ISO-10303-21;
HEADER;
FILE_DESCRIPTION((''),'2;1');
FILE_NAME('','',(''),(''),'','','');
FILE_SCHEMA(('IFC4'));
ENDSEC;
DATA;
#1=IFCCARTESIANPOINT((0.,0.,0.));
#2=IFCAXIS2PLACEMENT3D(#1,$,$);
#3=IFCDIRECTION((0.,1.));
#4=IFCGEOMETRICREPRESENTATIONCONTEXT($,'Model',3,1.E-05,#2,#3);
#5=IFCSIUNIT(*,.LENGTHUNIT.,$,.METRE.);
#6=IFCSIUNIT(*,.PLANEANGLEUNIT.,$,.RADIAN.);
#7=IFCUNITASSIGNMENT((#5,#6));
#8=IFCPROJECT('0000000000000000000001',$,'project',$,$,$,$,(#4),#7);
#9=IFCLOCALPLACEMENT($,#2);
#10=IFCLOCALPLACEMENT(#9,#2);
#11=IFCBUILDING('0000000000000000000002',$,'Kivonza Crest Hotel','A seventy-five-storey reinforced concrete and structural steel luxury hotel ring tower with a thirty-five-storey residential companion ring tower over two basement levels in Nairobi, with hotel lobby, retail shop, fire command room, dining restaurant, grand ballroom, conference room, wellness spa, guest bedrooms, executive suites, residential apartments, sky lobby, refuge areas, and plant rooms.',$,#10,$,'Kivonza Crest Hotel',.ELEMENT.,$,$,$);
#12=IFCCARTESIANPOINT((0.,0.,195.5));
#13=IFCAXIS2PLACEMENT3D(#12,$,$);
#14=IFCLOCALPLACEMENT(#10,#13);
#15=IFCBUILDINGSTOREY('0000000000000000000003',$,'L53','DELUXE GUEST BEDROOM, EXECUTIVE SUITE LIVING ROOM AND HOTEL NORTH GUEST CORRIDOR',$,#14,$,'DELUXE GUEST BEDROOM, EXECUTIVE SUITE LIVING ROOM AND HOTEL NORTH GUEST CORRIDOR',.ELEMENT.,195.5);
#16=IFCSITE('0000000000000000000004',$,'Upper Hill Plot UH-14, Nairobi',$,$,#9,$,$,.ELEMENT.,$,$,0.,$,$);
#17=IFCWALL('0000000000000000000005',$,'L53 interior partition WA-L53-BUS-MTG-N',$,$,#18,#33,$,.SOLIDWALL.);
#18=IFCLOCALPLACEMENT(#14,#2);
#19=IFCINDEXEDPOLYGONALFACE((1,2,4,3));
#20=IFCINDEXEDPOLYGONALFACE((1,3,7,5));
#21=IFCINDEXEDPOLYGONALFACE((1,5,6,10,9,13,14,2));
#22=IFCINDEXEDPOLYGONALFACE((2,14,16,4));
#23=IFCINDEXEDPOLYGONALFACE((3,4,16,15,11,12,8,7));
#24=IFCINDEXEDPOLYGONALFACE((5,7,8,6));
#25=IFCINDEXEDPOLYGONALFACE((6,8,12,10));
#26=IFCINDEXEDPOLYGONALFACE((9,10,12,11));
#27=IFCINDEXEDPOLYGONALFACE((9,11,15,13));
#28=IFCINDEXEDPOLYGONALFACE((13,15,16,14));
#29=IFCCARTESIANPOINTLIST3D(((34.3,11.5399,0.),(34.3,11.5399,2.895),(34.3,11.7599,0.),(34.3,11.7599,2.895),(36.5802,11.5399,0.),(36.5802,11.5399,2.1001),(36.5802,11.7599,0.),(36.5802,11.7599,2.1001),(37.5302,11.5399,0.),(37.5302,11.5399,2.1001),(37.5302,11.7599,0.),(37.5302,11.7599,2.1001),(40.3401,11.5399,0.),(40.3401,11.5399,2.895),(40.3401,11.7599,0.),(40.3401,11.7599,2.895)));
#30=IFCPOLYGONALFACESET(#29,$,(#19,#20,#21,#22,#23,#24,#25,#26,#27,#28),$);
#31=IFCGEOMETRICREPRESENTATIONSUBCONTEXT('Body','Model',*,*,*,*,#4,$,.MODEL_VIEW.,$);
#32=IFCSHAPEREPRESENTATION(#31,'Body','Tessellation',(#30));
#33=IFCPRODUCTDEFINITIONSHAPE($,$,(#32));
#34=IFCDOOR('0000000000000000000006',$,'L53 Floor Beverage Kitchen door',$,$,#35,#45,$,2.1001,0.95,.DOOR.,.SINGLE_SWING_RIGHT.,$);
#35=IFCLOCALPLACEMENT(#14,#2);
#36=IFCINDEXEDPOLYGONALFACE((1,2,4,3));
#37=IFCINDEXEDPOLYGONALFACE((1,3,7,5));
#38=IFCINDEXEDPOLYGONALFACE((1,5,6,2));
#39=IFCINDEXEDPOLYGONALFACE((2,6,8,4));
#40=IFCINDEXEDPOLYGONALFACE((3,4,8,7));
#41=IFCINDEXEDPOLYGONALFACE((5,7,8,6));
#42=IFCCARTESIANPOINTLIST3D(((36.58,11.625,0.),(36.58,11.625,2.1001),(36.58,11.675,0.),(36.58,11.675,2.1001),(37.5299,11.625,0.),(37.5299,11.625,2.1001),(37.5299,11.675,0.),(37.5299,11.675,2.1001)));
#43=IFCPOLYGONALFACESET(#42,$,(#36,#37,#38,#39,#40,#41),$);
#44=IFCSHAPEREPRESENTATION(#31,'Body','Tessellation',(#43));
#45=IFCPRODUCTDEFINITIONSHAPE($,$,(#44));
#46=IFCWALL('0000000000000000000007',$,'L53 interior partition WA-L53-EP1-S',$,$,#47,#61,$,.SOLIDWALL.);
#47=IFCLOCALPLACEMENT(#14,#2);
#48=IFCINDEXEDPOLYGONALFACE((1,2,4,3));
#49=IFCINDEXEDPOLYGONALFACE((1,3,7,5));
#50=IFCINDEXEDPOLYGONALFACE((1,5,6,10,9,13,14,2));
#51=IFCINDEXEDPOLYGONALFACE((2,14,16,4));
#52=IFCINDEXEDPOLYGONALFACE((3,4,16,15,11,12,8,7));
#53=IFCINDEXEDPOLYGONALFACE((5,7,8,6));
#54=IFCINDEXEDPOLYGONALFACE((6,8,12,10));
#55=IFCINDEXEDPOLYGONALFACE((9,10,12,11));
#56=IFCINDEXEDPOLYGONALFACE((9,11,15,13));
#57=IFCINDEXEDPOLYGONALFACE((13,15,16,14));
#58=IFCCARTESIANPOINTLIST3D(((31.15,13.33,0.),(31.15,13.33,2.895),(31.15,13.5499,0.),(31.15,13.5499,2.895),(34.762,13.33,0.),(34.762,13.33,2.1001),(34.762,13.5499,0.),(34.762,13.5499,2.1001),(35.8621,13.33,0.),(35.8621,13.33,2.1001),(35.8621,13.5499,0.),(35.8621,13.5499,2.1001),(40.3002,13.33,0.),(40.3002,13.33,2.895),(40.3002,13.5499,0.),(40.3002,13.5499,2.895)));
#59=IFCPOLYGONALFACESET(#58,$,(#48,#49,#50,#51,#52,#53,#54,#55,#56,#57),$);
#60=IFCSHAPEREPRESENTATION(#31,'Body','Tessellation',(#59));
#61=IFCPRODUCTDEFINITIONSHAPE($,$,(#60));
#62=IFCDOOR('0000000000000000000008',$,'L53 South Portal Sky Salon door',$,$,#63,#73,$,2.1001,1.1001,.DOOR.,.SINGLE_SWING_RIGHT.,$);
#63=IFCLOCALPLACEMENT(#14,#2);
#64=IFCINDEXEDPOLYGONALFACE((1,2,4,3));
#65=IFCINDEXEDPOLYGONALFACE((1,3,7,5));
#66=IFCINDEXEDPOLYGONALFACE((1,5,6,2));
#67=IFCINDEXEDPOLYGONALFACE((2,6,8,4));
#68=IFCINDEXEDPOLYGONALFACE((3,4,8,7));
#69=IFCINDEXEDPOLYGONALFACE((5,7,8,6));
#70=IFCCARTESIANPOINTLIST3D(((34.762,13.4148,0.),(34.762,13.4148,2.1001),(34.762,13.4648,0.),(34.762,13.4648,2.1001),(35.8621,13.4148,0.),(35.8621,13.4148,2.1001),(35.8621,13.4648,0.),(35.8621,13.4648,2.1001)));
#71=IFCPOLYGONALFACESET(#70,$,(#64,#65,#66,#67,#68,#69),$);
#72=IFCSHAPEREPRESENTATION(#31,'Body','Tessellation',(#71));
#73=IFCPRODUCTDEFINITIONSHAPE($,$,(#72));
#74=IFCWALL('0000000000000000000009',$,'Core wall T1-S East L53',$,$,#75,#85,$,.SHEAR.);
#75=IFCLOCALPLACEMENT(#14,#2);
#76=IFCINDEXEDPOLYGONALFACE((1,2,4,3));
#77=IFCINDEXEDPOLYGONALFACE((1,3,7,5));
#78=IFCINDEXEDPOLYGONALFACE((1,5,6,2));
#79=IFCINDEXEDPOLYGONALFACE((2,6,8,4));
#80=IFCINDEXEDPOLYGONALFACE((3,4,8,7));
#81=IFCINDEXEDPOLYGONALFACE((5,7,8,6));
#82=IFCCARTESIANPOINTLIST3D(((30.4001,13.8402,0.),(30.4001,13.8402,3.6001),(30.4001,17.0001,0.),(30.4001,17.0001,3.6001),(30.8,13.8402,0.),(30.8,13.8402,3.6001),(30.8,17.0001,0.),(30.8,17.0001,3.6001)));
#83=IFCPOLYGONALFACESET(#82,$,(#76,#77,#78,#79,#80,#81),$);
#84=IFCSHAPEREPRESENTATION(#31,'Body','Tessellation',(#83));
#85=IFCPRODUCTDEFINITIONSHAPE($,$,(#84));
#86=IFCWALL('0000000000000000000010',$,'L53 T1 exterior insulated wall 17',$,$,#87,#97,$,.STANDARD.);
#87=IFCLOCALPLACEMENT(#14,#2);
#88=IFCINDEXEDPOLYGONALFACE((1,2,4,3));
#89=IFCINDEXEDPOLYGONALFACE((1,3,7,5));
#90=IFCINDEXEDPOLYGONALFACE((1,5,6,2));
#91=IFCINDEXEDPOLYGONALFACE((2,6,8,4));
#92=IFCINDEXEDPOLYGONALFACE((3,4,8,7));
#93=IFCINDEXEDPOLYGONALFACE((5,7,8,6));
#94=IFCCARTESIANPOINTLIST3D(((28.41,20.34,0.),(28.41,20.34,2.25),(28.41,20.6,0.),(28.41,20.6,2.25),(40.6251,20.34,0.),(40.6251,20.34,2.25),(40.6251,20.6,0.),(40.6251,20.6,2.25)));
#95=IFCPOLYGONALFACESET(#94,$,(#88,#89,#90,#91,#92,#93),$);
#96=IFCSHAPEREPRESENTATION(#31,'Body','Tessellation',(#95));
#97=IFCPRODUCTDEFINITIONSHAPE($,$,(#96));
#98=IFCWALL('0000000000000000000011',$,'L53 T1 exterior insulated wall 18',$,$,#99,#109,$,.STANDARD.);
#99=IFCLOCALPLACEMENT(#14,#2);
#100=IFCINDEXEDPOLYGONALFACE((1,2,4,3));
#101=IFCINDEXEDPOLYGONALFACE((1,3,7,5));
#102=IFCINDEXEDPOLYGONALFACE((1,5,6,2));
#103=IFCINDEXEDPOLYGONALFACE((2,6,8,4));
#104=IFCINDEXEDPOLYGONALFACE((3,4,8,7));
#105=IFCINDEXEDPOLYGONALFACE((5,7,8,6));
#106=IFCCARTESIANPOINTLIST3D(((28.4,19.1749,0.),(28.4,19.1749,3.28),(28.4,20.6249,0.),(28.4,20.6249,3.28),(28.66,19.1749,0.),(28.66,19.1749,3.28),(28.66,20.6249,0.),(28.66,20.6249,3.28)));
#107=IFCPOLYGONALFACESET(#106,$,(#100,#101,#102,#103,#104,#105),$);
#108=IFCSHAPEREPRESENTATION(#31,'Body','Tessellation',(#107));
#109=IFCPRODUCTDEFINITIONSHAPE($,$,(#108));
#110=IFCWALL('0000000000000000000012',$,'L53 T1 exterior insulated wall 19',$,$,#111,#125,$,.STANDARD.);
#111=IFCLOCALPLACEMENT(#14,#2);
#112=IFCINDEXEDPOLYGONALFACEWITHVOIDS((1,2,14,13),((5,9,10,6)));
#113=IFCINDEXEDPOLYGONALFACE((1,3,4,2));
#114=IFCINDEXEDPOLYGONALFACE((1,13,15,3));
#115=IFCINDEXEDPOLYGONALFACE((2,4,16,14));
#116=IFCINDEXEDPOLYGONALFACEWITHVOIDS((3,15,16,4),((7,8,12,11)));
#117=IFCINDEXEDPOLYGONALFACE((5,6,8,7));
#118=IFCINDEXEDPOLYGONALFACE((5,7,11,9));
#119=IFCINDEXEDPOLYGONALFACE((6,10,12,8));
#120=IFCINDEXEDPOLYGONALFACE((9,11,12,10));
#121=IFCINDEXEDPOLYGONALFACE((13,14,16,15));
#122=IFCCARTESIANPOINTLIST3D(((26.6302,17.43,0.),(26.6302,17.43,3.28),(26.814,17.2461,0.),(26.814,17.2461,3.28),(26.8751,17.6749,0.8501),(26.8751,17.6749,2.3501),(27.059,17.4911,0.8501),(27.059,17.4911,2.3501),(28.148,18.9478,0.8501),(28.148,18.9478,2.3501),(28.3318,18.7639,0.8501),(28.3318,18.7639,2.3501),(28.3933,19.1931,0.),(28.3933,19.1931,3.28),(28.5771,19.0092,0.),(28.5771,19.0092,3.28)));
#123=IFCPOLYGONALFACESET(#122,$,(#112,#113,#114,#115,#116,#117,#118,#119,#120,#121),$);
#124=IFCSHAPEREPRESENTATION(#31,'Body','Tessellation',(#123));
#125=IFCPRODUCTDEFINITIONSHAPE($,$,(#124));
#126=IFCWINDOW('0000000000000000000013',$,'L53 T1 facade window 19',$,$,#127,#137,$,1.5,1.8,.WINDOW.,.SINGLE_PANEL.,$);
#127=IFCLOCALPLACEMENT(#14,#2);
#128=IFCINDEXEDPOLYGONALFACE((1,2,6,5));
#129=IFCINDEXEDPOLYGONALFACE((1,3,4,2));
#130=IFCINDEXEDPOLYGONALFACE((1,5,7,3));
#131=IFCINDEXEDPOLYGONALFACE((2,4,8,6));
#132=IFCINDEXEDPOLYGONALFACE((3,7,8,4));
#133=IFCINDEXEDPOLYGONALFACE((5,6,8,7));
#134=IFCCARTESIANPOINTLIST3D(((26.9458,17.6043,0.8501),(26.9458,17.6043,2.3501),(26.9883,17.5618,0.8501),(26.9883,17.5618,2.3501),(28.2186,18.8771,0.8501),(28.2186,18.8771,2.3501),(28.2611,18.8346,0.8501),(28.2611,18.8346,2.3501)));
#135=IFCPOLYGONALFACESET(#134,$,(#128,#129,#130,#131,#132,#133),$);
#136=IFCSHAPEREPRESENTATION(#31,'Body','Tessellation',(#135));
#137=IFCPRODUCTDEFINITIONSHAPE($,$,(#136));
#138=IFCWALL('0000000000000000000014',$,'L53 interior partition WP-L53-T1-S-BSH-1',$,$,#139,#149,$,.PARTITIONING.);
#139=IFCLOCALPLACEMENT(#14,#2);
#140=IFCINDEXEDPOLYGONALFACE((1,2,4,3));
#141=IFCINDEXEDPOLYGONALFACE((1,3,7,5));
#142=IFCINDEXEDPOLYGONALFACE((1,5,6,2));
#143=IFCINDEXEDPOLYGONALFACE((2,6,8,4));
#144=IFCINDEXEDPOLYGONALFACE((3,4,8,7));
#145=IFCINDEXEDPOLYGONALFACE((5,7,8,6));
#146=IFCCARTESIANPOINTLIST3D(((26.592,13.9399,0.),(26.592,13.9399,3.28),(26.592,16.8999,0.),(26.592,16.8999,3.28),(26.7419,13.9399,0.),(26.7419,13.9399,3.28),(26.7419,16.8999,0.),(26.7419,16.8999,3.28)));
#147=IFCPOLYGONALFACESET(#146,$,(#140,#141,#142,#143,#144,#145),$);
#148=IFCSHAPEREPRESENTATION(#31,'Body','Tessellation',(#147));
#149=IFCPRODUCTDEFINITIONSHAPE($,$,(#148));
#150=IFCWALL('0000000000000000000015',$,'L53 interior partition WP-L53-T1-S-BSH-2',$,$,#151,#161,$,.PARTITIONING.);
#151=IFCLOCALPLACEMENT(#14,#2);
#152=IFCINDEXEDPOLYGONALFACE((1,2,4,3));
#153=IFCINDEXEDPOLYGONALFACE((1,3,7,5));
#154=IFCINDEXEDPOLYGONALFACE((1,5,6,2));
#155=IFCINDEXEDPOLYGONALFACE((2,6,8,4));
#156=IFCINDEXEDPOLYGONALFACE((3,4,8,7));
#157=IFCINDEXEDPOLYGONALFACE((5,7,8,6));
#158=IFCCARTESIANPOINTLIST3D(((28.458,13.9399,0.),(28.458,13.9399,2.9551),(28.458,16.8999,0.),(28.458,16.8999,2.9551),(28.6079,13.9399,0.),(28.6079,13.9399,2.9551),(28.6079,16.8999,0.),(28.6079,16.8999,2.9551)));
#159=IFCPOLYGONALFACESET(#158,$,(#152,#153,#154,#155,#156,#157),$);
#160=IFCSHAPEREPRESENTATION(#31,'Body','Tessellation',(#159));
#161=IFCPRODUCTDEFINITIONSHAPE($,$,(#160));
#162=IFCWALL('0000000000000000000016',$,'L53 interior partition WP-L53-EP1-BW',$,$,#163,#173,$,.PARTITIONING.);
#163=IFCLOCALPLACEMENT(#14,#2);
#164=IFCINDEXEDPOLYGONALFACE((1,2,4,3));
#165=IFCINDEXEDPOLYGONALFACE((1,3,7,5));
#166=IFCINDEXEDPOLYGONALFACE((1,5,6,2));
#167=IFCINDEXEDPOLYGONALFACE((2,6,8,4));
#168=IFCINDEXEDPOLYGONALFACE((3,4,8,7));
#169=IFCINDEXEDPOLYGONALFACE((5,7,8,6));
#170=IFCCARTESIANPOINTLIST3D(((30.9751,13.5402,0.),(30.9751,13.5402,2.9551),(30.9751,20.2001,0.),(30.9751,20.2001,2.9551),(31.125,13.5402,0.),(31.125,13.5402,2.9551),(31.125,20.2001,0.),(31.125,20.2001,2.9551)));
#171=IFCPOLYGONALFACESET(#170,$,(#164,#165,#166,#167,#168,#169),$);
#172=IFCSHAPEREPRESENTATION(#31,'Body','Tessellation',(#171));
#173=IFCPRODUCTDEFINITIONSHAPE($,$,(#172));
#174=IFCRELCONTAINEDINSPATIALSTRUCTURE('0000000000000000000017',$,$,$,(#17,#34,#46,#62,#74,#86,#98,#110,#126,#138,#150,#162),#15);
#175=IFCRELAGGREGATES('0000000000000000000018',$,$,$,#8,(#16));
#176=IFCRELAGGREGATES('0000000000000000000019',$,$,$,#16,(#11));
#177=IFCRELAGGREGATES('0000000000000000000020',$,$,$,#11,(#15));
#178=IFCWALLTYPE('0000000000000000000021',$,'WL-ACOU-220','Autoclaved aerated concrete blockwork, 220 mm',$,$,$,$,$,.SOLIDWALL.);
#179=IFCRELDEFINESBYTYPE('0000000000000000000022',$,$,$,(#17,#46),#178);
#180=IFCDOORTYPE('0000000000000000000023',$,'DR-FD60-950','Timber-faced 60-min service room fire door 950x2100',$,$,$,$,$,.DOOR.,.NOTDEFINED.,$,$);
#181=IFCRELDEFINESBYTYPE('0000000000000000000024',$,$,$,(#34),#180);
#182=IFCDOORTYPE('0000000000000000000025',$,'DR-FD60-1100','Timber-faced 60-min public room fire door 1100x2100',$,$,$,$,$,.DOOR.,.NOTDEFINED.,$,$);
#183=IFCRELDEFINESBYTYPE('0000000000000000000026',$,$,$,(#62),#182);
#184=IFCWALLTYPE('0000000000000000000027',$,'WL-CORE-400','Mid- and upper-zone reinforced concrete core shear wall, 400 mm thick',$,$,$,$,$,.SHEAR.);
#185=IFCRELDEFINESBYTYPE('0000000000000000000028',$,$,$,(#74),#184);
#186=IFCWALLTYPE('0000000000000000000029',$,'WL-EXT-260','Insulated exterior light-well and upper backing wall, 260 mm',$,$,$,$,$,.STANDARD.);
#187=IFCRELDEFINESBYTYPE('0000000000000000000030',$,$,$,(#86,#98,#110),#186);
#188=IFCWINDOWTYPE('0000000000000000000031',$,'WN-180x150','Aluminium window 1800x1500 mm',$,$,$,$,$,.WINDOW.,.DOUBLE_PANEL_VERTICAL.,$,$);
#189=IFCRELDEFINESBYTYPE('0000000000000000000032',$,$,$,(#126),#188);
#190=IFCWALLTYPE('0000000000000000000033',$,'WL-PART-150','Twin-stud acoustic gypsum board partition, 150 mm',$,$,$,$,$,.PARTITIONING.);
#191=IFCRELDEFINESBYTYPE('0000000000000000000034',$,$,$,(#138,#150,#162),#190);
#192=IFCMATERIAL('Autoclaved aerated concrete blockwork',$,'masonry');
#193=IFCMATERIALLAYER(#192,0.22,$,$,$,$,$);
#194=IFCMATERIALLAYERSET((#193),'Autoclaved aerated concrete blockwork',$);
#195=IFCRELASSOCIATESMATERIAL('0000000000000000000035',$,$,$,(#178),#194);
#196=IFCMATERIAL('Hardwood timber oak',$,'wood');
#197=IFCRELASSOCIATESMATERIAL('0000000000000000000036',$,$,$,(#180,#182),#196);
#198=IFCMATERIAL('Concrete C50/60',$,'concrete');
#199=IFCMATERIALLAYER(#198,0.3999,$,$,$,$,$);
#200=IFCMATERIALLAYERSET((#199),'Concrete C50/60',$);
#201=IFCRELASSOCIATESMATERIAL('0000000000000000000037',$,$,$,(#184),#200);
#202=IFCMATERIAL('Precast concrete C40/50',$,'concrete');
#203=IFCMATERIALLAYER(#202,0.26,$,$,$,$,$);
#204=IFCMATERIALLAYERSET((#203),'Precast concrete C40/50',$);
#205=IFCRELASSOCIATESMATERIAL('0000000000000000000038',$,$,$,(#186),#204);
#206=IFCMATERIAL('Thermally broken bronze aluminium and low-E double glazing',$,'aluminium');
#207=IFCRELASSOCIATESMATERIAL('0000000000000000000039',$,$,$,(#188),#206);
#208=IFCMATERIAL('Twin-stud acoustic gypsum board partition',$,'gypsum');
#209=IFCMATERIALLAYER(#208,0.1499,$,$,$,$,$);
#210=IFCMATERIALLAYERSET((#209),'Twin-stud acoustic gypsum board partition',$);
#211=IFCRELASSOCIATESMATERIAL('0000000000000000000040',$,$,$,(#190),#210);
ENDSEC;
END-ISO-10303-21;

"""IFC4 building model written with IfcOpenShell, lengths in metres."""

from ifc_helpers import new_model, si_unit, direction, frame, frame_2d, origin, place, context, subcontext, project, spatial, rectangle, extrude, material, layer, layer_set, type_object, element, fill, save


model = new_model("IFC4")

# Units and contexts
model_context = context("Model", 3, precision=1e-05, world=origin(), true_north=direction((0.0, 1.0)))
body_context = subcontext(model_context, "Body", "Model", "MODEL_VIEW")
ifc_project = project(units=[si_unit("LENGTHUNIT", "METRE"), si_unit("PLANEANGLEUNIT", "RADIAN")], contexts=[model_context])

# Site, building, storey
site_placement = place(None, origin())
site = spatial("IfcSite", under=ifc_project, at=site_placement, Name="Upper Hill Plot UH-14, Nairobi", CompositionType="ELEMENT", RefElevation=0.0)
building_placement = place(site_placement, origin())
building = spatial("IfcBuilding", under=site, at=building_placement, Name="Kivonza Crest Hotel", Description="A seventy-five-storey reinforced concrete and structural steel luxury hotel ring tower with a thirty-five-storey residential companion ring tower over two basement levels in Nairobi, with hotel lobby, retail shop, fire command room, dining restaurant, grand ballroom, conference room, wellness spa, guest bedrooms, executive suites, residential apartments, sky lobby, refuge areas, and plant rooms.", LongName="Kivonza Crest Hotel", CompositionType="ELEMENT")
storey_placement = place(building_placement, frame((0.0, 0.0, 195.5)))
storey = spatial("IfcBuildingStorey", under=building, at=storey_placement, Name="L53", Description="DELUXE GUEST BEDROOM, EXECUTIVE SUITE LIVING ROOM AND HOTEL NORTH GUEST CORRIDOR", LongName="DELUXE GUEST BEDROOM, EXECUTIVE SUITE LIVING ROOM AND HOTEL NORTH GUEST CORRIDOR", CompositionType="ELEMENT", Elevation=195.5)

# Shared definitions
ifc_material_1 = material(Name="Concrete C50/60", Category="concrete")

# Walls, openings, doors
ifc_material_2 = material(Name="Autoclaved aerated concrete blockwork", Category="masonry")
ifc_layer_1 = layer(ifc_material_2, 0.22)
ifc_layer_set_1 = layer_set([ifc_layer_1], Name="Autoclaved aerated concrete blockwork")
wall_type_1 = type_object("IfcWallType", Name="WL-ACOU-220", Description="Autoclaved aerated concrete blockwork, 220 mm", PredefinedType="SOLIDWALL", material=ifc_layer_set_1)
wall_1_placement = place(storey_placement, frame((34.3, 11.6499, 0.0), z_axis=(0.0, 0.0, 1.0), x_axis=(1.0, 0.0, 0.0)))
wall_1 = element("IfcWall", 1, at=wall_1_placement, inside=storey, type_object=wall_type_1, Name="L53 interior partition WA-L53-BUS-MTG-N", PredefinedType="SOLIDWALL", context=body_context, shape_type="SweptSolid", body=[
    extrude(rectangle(XDim=6.04, YDim=0.22, at=frame_2d((3.02, 0.0))), origin(), (0.0, 0.0, 1.0), 2.895),
])
opening_1_placement = place(wall_1_placement, frame((2.28, 0.0, 0.0)))
opening_1 = element("IfcOpeningElement", 2, at=opening_1_placement, cuts=wall_1, PredefinedType="OPENING", context=body_context, shape_type="SweptSolid", body=[
    extrude(rectangle(XDim=0.95, YDim=2.1001, at=frame_2d((0.4751, 1.05))), frame((0.0, 0.1201, 0.0), z_axis=(0.0, -1.0, 0.0), x_axis=(1.0, 0.0, 0.0)), (0.0, 0.0, 1.0), 0.24),
])
ifc_material_3 = material(Name="Hardwood timber oak", Category="wood")
door_type_1 = type_object("IfcDoorType", Name="DR-FD60-950", Description="Timber-faced 60-min service room fire door 950x2100", OperationType="NOTDEFINED", PredefinedType="DOOR", material=ifc_material_3)
door_1_placement = place(opening_1_placement, frame((0.95, 0.0, 0.0), z_axis=(0.0, 0.0, 1.0), x_axis=(-1.0, 0.0, 0.0)))
door_1 = element("IfcDoor", 3, at=door_1_placement, inside=storey, type_object=door_type_1, Name="L53 Floor Beverage Kitchen door", OperationType="SINGLE_SWING_RIGHT", OverallHeight=2.1001, OverallWidth=0.95, PredefinedType="DOOR", context=body_context, shape_type="SweptSolid", body=[
    extrude(rectangle(XDim=0.95, YDim=2.1001, at=frame_2d((0.4751, 1.05))), frame((0.0, 0.0249, 0.0), z_axis=(0.0, -1.0, 0.0), x_axis=(1.0, 0.0, 0.0)), (0.0, 0.0, 1.0), 0.05),
])
fill(opening_1, door_1)
wall_2_placement = place(storey_placement, frame((31.1499, 13.4399, 0.0), z_axis=(0.0, 0.0, 1.0), x_axis=(1.0, 0.0, 0.0)))
wall_2 = element("IfcWall", 4, at=wall_2_placement, inside=storey, type_object=wall_type_1, Name="L53 interior partition WA-L53-EP1-S", PredefinedType="SOLIDWALL", context=body_context, shape_type="SweptSolid", body=[
    extrude(rectangle(XDim=9.1501, YDim=0.22, at=frame_2d((4.5752, 0.0))), origin(), (0.0, 0.0, 1.0), 2.895),
])
opening_2_placement = place(wall_2_placement, frame((3.6121, 0.0, 0.0)))
opening_2 = element("IfcOpeningElement", 5, at=opening_2_placement, cuts=wall_2, PredefinedType="OPENING", context=body_context, shape_type="SweptSolid", body=[
    extrude(rectangle(XDim=1.1001, YDim=2.1001, at=frame_2d((0.55, 1.05))), frame((0.0, 0.1201, 0.0), z_axis=(0.0, -1.0, 0.0), x_axis=(1.0, 0.0, 0.0)), (0.0, 0.0, 1.0), 0.24),
])
door_type_2 = type_object("IfcDoorType", Name="DR-FD60-1100", Description="Timber-faced 60-min public room fire door 1100x2100", OperationType="NOTDEFINED", PredefinedType="DOOR", material=ifc_material_3)
door_2_placement = place(opening_2_placement, origin())
door_2 = element("IfcDoor", 6, at=door_2_placement, inside=storey, type_object=door_type_2, Name="L53 South Portal Sky Salon door", OperationType="SINGLE_SWING_RIGHT", OverallHeight=2.1001, OverallWidth=1.1001, PredefinedType="DOOR", context=body_context, shape_type="SweptSolid", body=[
    extrude(rectangle(XDim=1.1001, YDim=2.1001, at=frame_2d((0.55, 1.05))), frame((0.0, 0.0249, 0.0), z_axis=(0.0, -1.0, 0.0), x_axis=(1.0, 0.0, 0.0)), (0.0, 0.0, 1.0), 0.05),
])
fill(opening_2, door_2)

# Walls
ifc_layer_2 = layer(ifc_material_1, 0.3999)
ifc_layer_set_2 = layer_set([ifc_layer_2], Name="Concrete C50/60")
wall_type_2 = type_object("IfcWallType", Name="WL-CORE-400", Description="Mid- and upper-zone reinforced concrete core shear wall, 400 mm thick", PredefinedType="SHEAR", material=ifc_layer_set_2)
wall_3_placement = place(storey_placement, frame((30.6001, 13.8401, 0.0), z_axis=(0.0, 0.0, 1.0), x_axis=(0.0, 1.0, 0.0)))
element("IfcWall", 7, at=wall_3_placement, inside=storey, type_object=wall_type_2, Name="Core wall T1-S East L53", PredefinedType="SHEAR", context=body_context, shape_type="SweptSolid", body=[
    extrude(rectangle(XDim=3.1599, YDim=0.3999, at=frame_2d((1.5801, 0.0))), origin(), (0.0, 0.0, 1.0), 3.6001),
])
ifc_material_4 = material(Name="Precast concrete C40/50", Category="concrete")
ifc_layer_3 = layer(ifc_material_4, 0.26)
ifc_layer_set_3 = layer_set([ifc_layer_3], Name="Precast concrete C40/50")
wall_type_3 = type_object("IfcWallType", Name="WL-EXT-260", Description="Insulated exterior light-well and upper backing wall, 260 mm", PredefinedType="STANDARD", material=ifc_layer_set_3)
wall_4_placement = place(storey_placement, frame((40.625, 20.47, 0.0), z_axis=(0.0, 0.0, 1.0), x_axis=(-1.0, 0.0, 0.0)))
element("IfcWall", 8, at=wall_4_placement, inside=storey, type_object=wall_type_3, Name="L53 T1 exterior insulated wall 17", PredefinedType="STANDARD", context=body_context, shape_type="SweptSolid", body=[
    extrude(rectangle(XDim=12.2151, YDim=0.26, at=frame_2d((6.1074, 0.0))), origin(), (0.0, 0.0, 1.0), 2.25),
])
wall_5_placement = place(storey_placement, frame((28.53, 20.625, 0.0), z_axis=(0.0, 0.0, 1.0), x_axis=(0.0, -1.0, 0.0)))
element("IfcWall", 9, at=wall_5_placement, inside=storey, type_object=wall_type_3, Name="L53 T1 exterior insulated wall 18", PredefinedType="STANDARD", context=body_context, shape_type="SweptSolid", body=[
    extrude(rectangle(XDim=1.45, YDim=0.26, at=frame_2d((0.7251, 0.0))), origin(), (0.0, 0.0, 1.0), 3.28),
])

# Wall, opening, window
wall_6_placement = place(storey_placement, frame((28.4851, 19.1011, 0.0), z_axis=(0.0, 0.0, 1.0), x_axis=(-0.707107, -0.707107, 0.0)))
wall_6 = element("IfcWall", 10, at=wall_6_placement, inside=storey, type_object=wall_type_3, Name="L53 T1 exterior insulated wall 19", PredefinedType="STANDARD", context=body_context, shape_type="SweptSolid", body=[
    extrude(rectangle(XDim=2.4934, YDim=0.26, at=frame_2d((1.2466, 0.0))), origin(), (0.0, 0.0, 1.0), 3.28),
])
opening_3_placement = place(wall_6_placement, frame((0.3469, 0.0, 0.8501)))
opening_3 = element("IfcOpeningElement", 11, at=opening_3_placement, cuts=wall_6, PredefinedType="OPENING", context=body_context, shape_type="SweptSolid", body=[
    extrude(rectangle(XDim=1.8, YDim=1.5, at=frame_2d((0.8999, 0.75))), frame((0.0, 0.1401, 0.0), z_axis=(0.0, -1.0, 0.0), x_axis=(1.0, 0.0, 0.0)), (0.0, 0.0, 1.0), 0.28),
])
ifc_material_5 = material(Name="Thermally broken bronze aluminium and low-E double glazing", Category="aluminium")
window_type = type_object("IfcWindowType", Name="WN-180x150", Description="Aluminium window 1800x1500 mm", PartitioningType="DOUBLE_PANEL_VERTICAL", PredefinedType="WINDOW", material=ifc_material_5)
window_placement = place(opening_3_placement, origin())
window = element("IfcWindow", 12, at=window_placement, inside=storey, type_object=window_type, Name="L53 T1 facade window 19", OverallHeight=1.5, OverallWidth=1.8, PartitioningType="SINGLE_PANEL", PredefinedType="WINDOW", context=body_context, shape_type="SweptSolid", body=[
    extrude(rectangle(XDim=1.8, YDim=1.5, at=frame_2d((0.8999, 0.75))), frame((0.0, 0.03, 0.0), z_axis=(0.0, -1.0, 0.0), x_axis=(1.0, 0.0, 0.0)), (0.0, 0.0, 1.0), 0.0601),
])
fill(opening_3, window)

# Walls
ifc_material_6 = material(Name="Twin-stud acoustic gypsum board partition", Category="gypsum")
ifc_layer_4 = layer(ifc_material_6, 0.1499)
ifc_layer_set_4 = layer_set([ifc_layer_4], Name="Twin-stud acoustic gypsum board partition")
wall_type_4 = type_object("IfcWallType", Name="WL-PART-150", Description="Twin-stud acoustic gypsum board partition, 150 mm", PredefinedType="PARTITIONING", material=ifc_layer_set_4)
wall_7_placement = place(storey_placement, frame((26.667, 13.9399, 0.0), z_axis=(0.0, 0.0, 1.0), x_axis=(0.0, 1.0, 0.0)))
element("IfcWall", 13, at=wall_7_placement, inside=storey, type_object=wall_type_4, Name="L53 interior partition WP-L53-T1-S-BSH-1", PredefinedType="PARTITIONING", context=body_context, shape_type="SweptSolid", body=[
    extrude(rectangle(XDim=2.96, YDim=0.1499, at=frame_2d((1.48, 0.0))), origin(), (0.0, 0.0, 1.0), 3.28),
])
wall_8_placement = place(storey_placement, frame((28.533, 13.9399, 0.0), z_axis=(0.0, 0.0, 1.0), x_axis=(0.0, 1.0, 0.0)))
element("IfcWall", 14, at=wall_8_placement, inside=storey, type_object=wall_type_4, Name="L53 interior partition WP-L53-T1-S-BSH-2", PredefinedType="PARTITIONING", context=body_context, shape_type="SweptSolid", body=[
    extrude(rectangle(XDim=2.96, YDim=0.1499, at=frame_2d((1.48, 0.0))), origin(), (0.0, 0.0, 1.0), 2.9551),
])
wall_9_placement = place(storey_placement, frame((31.05, 13.54, 0.0), z_axis=(0.0, 0.0, 1.0), x_axis=(0.0, 1.0, 0.0)))
element("IfcWall", 15, at=wall_9_placement, inside=storey, type_object=wall_type_4, Name="L53 interior partition WP-L53-EP1-BW", PredefinedType="PARTITIONING", context=body_context, shape_type="SweptSolid", body=[
    extrude(rectangle(XDim=6.6599, YDim=0.1499, at=frame_2d((3.3301, 0.0))), origin(), (0.0, 0.0, 1.0), 2.9551),
])

save(model, "model.ifc")
